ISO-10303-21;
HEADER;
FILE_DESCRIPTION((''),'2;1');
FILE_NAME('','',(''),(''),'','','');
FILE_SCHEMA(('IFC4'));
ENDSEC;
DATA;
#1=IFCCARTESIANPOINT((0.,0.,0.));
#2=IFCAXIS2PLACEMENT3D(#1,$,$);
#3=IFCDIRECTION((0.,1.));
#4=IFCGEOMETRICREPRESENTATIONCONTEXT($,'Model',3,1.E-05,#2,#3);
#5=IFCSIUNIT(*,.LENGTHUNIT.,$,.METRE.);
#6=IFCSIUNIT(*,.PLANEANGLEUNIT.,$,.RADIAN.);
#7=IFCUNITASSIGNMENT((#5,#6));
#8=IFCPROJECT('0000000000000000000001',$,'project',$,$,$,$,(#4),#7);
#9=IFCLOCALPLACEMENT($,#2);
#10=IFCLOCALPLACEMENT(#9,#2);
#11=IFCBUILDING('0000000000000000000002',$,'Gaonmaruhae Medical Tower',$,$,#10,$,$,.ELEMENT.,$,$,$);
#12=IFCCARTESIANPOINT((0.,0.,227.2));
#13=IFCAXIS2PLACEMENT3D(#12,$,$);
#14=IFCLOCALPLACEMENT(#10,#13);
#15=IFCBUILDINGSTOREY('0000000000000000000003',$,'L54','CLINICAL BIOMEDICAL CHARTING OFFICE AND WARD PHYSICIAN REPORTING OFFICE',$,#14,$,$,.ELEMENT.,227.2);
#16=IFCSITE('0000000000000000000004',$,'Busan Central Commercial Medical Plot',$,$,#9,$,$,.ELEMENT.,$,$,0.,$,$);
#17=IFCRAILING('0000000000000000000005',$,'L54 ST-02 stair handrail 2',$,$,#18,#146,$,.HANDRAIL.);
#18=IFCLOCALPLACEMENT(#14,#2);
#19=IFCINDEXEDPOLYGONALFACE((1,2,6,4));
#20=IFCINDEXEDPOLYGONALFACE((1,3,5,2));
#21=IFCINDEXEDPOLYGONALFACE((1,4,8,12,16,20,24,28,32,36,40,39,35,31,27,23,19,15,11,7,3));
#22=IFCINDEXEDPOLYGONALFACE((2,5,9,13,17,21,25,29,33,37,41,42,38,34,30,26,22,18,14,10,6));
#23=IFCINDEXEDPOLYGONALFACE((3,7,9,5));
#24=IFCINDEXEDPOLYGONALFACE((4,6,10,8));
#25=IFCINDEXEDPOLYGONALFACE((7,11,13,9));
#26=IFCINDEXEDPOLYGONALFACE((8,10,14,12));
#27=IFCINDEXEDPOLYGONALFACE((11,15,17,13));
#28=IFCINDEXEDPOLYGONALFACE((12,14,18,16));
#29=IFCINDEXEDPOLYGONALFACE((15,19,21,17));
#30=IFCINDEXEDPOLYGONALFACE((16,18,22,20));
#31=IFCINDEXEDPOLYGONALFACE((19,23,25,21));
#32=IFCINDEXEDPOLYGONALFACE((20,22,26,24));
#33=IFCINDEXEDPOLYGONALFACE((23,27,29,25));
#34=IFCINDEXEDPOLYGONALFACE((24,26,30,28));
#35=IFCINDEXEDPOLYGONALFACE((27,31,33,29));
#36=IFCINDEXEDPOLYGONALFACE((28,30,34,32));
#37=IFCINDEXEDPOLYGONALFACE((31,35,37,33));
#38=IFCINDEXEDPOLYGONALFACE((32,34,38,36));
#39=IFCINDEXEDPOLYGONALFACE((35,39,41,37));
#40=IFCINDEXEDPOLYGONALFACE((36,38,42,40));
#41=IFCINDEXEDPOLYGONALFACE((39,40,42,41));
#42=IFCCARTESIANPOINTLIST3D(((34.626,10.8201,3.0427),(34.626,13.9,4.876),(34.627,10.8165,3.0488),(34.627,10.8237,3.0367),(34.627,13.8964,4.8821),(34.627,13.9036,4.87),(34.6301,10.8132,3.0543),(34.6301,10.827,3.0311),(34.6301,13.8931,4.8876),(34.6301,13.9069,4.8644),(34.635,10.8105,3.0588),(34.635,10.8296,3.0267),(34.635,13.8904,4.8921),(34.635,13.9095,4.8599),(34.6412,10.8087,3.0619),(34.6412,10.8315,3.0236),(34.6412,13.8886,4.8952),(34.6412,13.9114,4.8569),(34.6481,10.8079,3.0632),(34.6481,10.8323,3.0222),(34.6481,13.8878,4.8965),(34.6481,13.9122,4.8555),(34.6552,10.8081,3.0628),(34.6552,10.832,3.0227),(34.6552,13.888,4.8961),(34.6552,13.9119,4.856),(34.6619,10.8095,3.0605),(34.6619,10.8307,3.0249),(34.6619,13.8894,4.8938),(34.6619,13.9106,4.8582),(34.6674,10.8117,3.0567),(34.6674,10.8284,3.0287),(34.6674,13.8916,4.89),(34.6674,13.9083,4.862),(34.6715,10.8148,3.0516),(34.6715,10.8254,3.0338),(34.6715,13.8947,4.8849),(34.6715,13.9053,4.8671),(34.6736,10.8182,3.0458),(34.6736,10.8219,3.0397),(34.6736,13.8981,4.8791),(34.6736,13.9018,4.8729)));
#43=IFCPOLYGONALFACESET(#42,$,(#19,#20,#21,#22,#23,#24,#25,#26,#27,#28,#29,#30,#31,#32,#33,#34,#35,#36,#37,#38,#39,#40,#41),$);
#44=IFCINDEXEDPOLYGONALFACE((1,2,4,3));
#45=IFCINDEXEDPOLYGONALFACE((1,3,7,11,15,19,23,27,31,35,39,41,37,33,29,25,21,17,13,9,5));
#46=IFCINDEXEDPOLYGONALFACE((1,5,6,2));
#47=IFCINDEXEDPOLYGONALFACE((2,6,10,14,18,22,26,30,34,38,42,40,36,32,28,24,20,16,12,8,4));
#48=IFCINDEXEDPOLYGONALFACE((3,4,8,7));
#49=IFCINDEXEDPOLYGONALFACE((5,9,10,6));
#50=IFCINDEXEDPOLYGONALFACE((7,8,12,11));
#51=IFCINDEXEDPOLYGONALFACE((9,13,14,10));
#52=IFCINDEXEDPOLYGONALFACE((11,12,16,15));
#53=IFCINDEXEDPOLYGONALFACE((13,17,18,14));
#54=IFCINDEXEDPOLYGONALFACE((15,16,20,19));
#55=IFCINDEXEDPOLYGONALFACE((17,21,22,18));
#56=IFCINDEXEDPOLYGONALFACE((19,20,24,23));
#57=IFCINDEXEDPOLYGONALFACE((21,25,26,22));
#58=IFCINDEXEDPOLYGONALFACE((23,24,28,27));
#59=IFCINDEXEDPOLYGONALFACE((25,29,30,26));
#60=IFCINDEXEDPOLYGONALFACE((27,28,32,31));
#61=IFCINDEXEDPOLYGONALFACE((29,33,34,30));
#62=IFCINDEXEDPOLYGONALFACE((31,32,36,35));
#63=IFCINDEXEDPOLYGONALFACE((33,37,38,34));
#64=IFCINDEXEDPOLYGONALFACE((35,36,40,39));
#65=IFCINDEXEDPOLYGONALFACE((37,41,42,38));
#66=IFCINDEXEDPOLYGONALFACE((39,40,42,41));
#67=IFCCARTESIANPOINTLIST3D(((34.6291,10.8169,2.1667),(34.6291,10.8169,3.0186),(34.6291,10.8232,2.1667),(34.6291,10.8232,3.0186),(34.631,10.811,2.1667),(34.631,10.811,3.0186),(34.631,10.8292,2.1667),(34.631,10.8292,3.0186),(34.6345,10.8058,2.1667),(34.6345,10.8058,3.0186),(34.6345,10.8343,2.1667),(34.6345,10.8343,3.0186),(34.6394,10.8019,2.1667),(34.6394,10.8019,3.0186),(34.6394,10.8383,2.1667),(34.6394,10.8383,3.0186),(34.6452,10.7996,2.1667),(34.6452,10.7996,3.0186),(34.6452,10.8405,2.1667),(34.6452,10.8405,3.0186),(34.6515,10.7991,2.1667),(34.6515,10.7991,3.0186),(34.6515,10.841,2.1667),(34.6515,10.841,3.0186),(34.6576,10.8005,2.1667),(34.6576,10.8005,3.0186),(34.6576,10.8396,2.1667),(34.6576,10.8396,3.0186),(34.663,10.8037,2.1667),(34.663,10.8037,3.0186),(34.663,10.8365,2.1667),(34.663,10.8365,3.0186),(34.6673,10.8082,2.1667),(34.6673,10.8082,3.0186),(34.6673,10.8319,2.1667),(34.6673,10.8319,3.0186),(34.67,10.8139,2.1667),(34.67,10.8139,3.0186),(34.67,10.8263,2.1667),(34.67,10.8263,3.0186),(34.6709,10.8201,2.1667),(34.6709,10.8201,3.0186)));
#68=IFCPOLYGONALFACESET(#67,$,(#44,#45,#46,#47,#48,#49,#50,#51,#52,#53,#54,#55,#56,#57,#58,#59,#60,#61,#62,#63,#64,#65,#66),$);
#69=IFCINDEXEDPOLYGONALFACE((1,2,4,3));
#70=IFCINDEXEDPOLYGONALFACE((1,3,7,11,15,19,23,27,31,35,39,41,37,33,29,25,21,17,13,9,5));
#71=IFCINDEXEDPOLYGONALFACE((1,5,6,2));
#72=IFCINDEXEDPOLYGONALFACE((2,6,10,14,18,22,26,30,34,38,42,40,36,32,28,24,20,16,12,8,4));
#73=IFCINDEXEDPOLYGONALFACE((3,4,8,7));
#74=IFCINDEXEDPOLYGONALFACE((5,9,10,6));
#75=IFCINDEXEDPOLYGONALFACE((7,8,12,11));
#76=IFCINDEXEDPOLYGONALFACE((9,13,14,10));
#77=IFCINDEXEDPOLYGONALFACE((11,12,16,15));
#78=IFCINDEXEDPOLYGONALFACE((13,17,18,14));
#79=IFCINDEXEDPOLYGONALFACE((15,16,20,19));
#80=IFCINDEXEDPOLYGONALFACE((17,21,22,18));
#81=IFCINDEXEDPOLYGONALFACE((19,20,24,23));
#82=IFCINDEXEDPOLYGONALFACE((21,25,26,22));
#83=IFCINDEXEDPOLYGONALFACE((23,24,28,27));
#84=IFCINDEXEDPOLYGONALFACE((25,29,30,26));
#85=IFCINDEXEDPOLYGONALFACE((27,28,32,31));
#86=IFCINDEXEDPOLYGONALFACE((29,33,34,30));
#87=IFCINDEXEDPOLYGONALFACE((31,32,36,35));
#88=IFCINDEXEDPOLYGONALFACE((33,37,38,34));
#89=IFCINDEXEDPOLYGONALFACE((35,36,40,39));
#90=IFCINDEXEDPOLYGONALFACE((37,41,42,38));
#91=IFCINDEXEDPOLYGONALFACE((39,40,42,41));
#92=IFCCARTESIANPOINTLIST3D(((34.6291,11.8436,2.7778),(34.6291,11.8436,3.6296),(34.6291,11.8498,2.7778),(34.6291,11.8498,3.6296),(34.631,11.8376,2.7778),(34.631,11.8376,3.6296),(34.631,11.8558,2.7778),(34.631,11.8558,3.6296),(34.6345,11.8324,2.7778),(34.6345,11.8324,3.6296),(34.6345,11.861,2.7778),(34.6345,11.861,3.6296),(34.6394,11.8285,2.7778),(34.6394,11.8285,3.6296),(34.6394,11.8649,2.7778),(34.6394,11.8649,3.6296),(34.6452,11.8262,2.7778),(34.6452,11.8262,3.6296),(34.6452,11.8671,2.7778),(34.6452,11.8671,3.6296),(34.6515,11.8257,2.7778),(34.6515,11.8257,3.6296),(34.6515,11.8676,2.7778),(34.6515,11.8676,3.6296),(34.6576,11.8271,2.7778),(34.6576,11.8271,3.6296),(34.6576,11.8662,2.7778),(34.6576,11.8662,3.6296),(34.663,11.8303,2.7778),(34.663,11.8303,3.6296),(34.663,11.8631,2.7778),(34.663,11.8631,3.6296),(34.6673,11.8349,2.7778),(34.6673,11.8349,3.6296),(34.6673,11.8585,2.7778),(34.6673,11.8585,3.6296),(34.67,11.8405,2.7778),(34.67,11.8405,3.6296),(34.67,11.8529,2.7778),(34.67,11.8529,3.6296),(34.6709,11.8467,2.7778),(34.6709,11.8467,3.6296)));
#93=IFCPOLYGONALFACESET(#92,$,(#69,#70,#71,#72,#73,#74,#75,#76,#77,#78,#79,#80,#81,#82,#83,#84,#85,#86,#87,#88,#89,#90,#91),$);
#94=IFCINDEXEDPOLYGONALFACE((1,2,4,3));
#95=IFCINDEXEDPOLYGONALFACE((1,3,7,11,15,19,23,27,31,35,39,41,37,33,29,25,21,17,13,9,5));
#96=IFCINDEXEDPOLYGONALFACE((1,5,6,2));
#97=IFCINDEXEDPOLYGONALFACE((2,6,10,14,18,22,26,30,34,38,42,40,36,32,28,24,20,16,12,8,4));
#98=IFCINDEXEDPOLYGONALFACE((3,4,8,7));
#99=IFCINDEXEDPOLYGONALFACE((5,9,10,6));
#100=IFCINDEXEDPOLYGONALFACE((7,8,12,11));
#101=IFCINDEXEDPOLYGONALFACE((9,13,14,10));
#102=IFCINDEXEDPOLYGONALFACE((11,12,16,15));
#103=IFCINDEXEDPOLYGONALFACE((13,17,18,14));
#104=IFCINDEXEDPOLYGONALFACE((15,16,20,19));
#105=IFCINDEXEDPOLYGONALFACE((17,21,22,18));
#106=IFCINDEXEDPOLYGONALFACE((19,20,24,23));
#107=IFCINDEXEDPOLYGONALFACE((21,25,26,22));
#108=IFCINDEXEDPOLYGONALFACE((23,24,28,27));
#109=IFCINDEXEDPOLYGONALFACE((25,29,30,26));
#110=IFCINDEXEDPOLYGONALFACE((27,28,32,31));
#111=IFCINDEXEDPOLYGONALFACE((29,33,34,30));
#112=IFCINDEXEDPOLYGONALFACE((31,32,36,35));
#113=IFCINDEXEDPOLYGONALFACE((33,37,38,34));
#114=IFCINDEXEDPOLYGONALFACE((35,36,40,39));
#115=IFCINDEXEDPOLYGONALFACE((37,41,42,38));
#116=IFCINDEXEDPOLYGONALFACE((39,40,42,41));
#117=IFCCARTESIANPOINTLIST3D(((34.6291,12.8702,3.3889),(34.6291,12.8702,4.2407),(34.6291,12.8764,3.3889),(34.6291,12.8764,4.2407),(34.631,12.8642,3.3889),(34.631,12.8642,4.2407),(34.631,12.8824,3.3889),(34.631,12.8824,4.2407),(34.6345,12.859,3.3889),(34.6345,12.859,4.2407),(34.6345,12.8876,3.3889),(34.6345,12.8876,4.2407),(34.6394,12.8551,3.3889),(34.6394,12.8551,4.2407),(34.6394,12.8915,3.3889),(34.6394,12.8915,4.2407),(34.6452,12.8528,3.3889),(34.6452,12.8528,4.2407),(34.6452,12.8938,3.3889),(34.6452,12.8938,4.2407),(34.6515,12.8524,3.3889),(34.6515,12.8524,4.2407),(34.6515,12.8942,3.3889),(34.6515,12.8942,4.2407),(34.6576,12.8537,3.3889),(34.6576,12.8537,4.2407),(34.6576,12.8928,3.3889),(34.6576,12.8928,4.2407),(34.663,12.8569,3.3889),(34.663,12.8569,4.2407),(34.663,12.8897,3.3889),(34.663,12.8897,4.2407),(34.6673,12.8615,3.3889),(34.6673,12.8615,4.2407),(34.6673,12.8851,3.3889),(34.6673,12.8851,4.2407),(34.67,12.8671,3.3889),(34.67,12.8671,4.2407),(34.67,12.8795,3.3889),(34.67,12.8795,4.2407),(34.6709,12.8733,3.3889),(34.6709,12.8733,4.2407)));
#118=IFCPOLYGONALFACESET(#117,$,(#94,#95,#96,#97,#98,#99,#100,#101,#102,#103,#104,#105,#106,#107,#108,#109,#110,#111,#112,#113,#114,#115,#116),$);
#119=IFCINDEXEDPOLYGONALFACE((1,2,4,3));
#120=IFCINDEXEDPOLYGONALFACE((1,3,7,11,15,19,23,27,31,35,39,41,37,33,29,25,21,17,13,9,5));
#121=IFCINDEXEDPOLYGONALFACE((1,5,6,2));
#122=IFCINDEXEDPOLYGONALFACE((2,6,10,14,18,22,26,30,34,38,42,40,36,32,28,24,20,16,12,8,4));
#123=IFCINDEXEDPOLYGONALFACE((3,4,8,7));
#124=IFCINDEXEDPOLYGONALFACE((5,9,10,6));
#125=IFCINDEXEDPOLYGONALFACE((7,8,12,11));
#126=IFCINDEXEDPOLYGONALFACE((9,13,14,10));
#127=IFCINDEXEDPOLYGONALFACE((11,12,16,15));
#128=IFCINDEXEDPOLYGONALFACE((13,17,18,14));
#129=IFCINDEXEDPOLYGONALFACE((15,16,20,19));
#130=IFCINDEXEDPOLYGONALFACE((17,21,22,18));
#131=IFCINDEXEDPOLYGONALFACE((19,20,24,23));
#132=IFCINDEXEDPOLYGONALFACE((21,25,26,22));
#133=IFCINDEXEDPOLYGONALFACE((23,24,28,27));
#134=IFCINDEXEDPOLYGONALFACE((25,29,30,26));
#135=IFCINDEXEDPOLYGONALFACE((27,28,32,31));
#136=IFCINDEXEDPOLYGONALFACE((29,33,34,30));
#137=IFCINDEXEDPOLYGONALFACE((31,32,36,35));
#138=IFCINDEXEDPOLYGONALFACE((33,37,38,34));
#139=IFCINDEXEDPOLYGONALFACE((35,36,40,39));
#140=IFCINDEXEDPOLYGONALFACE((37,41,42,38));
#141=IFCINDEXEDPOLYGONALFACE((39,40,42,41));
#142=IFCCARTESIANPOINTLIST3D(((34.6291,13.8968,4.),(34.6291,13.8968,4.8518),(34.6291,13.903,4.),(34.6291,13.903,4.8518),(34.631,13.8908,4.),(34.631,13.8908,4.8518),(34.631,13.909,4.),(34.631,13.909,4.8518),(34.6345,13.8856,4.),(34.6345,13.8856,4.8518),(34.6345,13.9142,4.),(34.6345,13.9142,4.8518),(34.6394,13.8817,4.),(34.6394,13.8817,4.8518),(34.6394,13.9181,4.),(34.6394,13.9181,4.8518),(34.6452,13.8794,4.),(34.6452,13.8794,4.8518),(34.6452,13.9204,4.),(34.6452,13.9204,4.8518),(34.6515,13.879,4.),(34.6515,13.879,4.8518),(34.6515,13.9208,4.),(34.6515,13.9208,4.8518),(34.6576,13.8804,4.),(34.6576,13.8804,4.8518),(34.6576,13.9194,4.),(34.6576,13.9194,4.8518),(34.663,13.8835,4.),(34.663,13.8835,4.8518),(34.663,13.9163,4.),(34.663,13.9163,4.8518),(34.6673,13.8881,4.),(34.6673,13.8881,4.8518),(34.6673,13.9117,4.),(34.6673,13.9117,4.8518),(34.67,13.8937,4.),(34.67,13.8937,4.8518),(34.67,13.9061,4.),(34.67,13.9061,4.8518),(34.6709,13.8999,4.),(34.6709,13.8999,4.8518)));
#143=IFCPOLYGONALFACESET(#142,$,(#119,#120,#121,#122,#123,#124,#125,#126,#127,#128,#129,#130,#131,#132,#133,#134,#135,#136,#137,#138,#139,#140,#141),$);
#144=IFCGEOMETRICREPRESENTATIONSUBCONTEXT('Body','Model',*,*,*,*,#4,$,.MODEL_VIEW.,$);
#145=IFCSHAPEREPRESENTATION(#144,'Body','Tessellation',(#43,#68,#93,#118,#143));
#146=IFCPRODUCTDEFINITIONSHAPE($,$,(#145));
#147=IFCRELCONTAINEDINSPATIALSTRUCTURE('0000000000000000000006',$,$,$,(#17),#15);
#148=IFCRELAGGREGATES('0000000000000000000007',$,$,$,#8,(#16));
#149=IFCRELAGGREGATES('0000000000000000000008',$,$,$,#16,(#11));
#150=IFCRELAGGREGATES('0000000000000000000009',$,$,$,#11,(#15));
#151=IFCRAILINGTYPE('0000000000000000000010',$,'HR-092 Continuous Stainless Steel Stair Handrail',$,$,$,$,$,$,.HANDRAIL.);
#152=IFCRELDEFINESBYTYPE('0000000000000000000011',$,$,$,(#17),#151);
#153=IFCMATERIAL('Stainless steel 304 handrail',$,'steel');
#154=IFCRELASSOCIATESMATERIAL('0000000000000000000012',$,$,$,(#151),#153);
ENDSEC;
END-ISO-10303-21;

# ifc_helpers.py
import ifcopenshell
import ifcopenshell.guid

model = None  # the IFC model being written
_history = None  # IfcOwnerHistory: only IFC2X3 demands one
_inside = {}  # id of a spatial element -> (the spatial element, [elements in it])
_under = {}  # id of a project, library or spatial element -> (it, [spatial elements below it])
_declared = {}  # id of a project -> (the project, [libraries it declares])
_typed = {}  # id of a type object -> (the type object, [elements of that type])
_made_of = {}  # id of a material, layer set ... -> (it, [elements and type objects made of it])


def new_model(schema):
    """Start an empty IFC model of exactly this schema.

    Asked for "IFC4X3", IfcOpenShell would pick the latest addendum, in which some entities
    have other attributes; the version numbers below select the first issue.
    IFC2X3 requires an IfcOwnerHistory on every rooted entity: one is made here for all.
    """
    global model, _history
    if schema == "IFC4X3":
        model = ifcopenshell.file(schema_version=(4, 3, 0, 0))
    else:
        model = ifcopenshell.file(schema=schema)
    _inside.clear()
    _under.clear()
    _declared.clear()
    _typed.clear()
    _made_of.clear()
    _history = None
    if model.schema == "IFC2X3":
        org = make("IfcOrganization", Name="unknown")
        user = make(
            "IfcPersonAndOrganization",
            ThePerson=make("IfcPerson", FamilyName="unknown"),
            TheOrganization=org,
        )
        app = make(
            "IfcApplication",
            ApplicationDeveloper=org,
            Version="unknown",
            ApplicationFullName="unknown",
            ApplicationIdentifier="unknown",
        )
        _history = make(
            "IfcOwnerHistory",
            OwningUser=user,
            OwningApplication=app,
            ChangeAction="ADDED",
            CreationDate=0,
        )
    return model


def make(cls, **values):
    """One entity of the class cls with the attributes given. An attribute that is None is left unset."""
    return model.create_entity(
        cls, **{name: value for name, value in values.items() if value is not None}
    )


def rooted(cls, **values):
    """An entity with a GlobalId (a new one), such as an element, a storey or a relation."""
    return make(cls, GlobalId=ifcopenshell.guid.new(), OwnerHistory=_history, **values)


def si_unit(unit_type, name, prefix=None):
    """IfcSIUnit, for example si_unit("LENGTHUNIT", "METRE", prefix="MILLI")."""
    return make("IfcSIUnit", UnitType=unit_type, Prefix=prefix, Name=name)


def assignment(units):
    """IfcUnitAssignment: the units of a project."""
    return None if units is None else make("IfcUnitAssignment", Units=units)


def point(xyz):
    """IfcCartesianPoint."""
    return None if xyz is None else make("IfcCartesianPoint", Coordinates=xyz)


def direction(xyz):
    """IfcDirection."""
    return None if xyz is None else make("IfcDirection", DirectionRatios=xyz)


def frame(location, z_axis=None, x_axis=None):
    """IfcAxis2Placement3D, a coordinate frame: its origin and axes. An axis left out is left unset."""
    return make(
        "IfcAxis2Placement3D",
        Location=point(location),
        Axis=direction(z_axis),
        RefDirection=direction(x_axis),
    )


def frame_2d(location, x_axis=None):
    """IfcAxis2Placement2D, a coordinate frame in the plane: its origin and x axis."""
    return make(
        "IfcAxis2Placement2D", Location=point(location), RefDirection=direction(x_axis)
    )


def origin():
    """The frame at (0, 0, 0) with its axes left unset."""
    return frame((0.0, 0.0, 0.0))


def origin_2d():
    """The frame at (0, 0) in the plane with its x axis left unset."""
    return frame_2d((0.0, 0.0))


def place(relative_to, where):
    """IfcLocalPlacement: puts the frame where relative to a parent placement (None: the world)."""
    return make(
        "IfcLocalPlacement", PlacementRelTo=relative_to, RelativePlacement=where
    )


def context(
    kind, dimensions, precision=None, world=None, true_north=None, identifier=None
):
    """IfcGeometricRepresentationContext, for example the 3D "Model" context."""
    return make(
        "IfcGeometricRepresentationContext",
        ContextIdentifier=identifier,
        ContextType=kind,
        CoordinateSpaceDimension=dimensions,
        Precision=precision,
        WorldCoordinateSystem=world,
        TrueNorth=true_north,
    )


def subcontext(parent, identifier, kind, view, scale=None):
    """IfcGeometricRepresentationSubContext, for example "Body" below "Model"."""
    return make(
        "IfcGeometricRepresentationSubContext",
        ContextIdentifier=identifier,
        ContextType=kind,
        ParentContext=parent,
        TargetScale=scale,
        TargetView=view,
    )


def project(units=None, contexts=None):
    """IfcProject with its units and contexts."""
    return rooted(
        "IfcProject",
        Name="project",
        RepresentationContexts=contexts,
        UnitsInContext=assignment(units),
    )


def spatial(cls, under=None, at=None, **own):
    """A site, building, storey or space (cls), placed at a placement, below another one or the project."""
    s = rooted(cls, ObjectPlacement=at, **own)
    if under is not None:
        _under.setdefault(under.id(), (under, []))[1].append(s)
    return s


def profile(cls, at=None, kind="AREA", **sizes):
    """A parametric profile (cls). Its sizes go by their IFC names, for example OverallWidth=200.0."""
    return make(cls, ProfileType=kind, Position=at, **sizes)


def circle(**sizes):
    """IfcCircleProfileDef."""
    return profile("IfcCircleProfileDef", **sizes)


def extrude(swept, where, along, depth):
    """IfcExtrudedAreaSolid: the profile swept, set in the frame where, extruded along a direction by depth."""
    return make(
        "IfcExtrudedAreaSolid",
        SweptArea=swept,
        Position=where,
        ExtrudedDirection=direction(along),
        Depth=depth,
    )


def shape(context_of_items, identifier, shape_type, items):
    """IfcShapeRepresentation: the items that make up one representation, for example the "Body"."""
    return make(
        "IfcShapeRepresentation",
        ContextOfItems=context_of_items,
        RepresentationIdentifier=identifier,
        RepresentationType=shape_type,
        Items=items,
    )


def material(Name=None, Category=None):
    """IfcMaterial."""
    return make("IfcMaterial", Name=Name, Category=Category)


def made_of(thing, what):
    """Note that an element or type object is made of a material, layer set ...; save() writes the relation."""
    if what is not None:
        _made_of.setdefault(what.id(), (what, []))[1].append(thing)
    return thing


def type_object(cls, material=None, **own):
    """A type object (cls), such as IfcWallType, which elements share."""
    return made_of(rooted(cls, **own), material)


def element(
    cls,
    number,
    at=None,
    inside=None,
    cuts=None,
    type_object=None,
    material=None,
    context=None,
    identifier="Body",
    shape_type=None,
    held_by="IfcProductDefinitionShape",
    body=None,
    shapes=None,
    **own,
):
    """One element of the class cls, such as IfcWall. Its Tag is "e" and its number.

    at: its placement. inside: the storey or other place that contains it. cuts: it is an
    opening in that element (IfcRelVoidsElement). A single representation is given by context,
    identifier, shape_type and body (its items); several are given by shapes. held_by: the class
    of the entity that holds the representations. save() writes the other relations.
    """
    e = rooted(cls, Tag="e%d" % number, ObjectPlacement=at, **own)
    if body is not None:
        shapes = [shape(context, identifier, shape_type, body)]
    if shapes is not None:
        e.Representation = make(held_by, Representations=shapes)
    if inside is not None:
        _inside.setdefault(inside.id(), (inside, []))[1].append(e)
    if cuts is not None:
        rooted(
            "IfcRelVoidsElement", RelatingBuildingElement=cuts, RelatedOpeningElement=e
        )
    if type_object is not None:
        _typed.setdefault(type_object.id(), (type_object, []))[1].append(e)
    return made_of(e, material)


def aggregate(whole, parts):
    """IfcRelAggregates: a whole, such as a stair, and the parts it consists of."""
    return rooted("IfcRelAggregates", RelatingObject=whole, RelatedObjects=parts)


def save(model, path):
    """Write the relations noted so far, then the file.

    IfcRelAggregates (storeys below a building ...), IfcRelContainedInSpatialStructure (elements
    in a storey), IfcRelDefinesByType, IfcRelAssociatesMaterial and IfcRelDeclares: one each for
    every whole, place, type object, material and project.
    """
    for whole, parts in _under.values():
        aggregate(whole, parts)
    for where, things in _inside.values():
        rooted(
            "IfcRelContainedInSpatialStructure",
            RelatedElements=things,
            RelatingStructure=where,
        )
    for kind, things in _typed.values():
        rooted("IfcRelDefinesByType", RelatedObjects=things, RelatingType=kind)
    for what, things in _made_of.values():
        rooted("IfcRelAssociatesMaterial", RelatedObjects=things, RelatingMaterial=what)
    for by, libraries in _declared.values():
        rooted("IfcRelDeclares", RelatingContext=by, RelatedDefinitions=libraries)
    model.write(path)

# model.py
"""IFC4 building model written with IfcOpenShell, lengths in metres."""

from ifc_helpers import new_model, si_unit, direction, frame, origin, origin_2d, place, context, subcontext, project, spatial, circle, extrude, material, type_object, element, save


model = new_model("IFC4")

# Units and contexts
model_context = context("Model", 3, precision=1e-05, world=origin(), true_north=direction((0.0, 1.0)))
body_context = subcontext(model_context, "Body", "Model", "MODEL_VIEW")
ifc_project = project(units=[si_unit("LENGTHUNIT", "METRE"), si_unit("PLANEANGLEUNIT", "RADIAN")], contexts=[model_context])

# Site, building, storey
site_placement = place(None, origin())
site = spatial("IfcSite", under=ifc_project, at=site_placement, Name="Busan Central Commercial Medical Plot", CompositionType="ELEMENT", RefElevation=0.0)
building_placement = place(site_placement, origin())
building = spatial("IfcBuilding", under=site, at=building_placement, Name="Gaonmaruhae Medical Tower", CompositionType="ELEMENT")
storey_placement = place(building_placement, frame((0.0, 0.0, 227.2)))
storey = spatial("IfcBuildingStorey", under=building, at=storey_placement, Name="L54", Description="CLINICAL BIOMEDICAL CHARTING OFFICE AND WARD PHYSICIAN REPORTING OFFICE", CompositionType="ELEMENT", Elevation=227.2)

# Railing
ifc_material_1 = material(Name="Stainless steel 304 handrail", Category="steel")
railing_type_1 = type_object("IfcRailingType", Name="HR-092 Continuous Stainless Steel Stair Handrail", PredefinedType="HANDRAIL", material=ifc_material_1)
railing_1_placement = place(storey_placement, frame((34.6499, 10.8201, 2.1667)))
element("IfcRailing", 1, at=railing_1_placement, inside=storey, type_object=railing_type_1, Name="L54 ST-02 stair handrail 2", PredefinedType="HANDRAIL", context=body_context, shape_type="SweptSolid", body=[
    extrude(circle(Radius=0.0239, at=origin_2d()), frame((0.0, 0.0, 0.876), z_axis=(0.0, 0.859291, 0.511487), x_axis=(-1.0, 0.0, 0.0)), (0.0, 0.0, 1.0), 3.5842),
    extrude(circle(Radius=0.021, at=origin_2d()), origin(), (0.0, 0.0, 1.0), 0.8518),
    extrude(circle(Radius=0.021, at=origin_2d()), frame((0.0, 1.0266, 0.6111)), (0.0, 0.0, 1.0), 0.8518),
    extrude(circle(Radius=0.021, at=origin_2d()), frame((0.0, 2.0532, 1.2222)), (0.0, 0.0, 1.0), 0.8518),
    extrude(circle(Radius=0.021, at=origin_2d()), frame((0.0, 3.0798, 1.8333)), (0.0, 0.0, 1.0), 0.8518),
])

save(model, "model.ifc")
